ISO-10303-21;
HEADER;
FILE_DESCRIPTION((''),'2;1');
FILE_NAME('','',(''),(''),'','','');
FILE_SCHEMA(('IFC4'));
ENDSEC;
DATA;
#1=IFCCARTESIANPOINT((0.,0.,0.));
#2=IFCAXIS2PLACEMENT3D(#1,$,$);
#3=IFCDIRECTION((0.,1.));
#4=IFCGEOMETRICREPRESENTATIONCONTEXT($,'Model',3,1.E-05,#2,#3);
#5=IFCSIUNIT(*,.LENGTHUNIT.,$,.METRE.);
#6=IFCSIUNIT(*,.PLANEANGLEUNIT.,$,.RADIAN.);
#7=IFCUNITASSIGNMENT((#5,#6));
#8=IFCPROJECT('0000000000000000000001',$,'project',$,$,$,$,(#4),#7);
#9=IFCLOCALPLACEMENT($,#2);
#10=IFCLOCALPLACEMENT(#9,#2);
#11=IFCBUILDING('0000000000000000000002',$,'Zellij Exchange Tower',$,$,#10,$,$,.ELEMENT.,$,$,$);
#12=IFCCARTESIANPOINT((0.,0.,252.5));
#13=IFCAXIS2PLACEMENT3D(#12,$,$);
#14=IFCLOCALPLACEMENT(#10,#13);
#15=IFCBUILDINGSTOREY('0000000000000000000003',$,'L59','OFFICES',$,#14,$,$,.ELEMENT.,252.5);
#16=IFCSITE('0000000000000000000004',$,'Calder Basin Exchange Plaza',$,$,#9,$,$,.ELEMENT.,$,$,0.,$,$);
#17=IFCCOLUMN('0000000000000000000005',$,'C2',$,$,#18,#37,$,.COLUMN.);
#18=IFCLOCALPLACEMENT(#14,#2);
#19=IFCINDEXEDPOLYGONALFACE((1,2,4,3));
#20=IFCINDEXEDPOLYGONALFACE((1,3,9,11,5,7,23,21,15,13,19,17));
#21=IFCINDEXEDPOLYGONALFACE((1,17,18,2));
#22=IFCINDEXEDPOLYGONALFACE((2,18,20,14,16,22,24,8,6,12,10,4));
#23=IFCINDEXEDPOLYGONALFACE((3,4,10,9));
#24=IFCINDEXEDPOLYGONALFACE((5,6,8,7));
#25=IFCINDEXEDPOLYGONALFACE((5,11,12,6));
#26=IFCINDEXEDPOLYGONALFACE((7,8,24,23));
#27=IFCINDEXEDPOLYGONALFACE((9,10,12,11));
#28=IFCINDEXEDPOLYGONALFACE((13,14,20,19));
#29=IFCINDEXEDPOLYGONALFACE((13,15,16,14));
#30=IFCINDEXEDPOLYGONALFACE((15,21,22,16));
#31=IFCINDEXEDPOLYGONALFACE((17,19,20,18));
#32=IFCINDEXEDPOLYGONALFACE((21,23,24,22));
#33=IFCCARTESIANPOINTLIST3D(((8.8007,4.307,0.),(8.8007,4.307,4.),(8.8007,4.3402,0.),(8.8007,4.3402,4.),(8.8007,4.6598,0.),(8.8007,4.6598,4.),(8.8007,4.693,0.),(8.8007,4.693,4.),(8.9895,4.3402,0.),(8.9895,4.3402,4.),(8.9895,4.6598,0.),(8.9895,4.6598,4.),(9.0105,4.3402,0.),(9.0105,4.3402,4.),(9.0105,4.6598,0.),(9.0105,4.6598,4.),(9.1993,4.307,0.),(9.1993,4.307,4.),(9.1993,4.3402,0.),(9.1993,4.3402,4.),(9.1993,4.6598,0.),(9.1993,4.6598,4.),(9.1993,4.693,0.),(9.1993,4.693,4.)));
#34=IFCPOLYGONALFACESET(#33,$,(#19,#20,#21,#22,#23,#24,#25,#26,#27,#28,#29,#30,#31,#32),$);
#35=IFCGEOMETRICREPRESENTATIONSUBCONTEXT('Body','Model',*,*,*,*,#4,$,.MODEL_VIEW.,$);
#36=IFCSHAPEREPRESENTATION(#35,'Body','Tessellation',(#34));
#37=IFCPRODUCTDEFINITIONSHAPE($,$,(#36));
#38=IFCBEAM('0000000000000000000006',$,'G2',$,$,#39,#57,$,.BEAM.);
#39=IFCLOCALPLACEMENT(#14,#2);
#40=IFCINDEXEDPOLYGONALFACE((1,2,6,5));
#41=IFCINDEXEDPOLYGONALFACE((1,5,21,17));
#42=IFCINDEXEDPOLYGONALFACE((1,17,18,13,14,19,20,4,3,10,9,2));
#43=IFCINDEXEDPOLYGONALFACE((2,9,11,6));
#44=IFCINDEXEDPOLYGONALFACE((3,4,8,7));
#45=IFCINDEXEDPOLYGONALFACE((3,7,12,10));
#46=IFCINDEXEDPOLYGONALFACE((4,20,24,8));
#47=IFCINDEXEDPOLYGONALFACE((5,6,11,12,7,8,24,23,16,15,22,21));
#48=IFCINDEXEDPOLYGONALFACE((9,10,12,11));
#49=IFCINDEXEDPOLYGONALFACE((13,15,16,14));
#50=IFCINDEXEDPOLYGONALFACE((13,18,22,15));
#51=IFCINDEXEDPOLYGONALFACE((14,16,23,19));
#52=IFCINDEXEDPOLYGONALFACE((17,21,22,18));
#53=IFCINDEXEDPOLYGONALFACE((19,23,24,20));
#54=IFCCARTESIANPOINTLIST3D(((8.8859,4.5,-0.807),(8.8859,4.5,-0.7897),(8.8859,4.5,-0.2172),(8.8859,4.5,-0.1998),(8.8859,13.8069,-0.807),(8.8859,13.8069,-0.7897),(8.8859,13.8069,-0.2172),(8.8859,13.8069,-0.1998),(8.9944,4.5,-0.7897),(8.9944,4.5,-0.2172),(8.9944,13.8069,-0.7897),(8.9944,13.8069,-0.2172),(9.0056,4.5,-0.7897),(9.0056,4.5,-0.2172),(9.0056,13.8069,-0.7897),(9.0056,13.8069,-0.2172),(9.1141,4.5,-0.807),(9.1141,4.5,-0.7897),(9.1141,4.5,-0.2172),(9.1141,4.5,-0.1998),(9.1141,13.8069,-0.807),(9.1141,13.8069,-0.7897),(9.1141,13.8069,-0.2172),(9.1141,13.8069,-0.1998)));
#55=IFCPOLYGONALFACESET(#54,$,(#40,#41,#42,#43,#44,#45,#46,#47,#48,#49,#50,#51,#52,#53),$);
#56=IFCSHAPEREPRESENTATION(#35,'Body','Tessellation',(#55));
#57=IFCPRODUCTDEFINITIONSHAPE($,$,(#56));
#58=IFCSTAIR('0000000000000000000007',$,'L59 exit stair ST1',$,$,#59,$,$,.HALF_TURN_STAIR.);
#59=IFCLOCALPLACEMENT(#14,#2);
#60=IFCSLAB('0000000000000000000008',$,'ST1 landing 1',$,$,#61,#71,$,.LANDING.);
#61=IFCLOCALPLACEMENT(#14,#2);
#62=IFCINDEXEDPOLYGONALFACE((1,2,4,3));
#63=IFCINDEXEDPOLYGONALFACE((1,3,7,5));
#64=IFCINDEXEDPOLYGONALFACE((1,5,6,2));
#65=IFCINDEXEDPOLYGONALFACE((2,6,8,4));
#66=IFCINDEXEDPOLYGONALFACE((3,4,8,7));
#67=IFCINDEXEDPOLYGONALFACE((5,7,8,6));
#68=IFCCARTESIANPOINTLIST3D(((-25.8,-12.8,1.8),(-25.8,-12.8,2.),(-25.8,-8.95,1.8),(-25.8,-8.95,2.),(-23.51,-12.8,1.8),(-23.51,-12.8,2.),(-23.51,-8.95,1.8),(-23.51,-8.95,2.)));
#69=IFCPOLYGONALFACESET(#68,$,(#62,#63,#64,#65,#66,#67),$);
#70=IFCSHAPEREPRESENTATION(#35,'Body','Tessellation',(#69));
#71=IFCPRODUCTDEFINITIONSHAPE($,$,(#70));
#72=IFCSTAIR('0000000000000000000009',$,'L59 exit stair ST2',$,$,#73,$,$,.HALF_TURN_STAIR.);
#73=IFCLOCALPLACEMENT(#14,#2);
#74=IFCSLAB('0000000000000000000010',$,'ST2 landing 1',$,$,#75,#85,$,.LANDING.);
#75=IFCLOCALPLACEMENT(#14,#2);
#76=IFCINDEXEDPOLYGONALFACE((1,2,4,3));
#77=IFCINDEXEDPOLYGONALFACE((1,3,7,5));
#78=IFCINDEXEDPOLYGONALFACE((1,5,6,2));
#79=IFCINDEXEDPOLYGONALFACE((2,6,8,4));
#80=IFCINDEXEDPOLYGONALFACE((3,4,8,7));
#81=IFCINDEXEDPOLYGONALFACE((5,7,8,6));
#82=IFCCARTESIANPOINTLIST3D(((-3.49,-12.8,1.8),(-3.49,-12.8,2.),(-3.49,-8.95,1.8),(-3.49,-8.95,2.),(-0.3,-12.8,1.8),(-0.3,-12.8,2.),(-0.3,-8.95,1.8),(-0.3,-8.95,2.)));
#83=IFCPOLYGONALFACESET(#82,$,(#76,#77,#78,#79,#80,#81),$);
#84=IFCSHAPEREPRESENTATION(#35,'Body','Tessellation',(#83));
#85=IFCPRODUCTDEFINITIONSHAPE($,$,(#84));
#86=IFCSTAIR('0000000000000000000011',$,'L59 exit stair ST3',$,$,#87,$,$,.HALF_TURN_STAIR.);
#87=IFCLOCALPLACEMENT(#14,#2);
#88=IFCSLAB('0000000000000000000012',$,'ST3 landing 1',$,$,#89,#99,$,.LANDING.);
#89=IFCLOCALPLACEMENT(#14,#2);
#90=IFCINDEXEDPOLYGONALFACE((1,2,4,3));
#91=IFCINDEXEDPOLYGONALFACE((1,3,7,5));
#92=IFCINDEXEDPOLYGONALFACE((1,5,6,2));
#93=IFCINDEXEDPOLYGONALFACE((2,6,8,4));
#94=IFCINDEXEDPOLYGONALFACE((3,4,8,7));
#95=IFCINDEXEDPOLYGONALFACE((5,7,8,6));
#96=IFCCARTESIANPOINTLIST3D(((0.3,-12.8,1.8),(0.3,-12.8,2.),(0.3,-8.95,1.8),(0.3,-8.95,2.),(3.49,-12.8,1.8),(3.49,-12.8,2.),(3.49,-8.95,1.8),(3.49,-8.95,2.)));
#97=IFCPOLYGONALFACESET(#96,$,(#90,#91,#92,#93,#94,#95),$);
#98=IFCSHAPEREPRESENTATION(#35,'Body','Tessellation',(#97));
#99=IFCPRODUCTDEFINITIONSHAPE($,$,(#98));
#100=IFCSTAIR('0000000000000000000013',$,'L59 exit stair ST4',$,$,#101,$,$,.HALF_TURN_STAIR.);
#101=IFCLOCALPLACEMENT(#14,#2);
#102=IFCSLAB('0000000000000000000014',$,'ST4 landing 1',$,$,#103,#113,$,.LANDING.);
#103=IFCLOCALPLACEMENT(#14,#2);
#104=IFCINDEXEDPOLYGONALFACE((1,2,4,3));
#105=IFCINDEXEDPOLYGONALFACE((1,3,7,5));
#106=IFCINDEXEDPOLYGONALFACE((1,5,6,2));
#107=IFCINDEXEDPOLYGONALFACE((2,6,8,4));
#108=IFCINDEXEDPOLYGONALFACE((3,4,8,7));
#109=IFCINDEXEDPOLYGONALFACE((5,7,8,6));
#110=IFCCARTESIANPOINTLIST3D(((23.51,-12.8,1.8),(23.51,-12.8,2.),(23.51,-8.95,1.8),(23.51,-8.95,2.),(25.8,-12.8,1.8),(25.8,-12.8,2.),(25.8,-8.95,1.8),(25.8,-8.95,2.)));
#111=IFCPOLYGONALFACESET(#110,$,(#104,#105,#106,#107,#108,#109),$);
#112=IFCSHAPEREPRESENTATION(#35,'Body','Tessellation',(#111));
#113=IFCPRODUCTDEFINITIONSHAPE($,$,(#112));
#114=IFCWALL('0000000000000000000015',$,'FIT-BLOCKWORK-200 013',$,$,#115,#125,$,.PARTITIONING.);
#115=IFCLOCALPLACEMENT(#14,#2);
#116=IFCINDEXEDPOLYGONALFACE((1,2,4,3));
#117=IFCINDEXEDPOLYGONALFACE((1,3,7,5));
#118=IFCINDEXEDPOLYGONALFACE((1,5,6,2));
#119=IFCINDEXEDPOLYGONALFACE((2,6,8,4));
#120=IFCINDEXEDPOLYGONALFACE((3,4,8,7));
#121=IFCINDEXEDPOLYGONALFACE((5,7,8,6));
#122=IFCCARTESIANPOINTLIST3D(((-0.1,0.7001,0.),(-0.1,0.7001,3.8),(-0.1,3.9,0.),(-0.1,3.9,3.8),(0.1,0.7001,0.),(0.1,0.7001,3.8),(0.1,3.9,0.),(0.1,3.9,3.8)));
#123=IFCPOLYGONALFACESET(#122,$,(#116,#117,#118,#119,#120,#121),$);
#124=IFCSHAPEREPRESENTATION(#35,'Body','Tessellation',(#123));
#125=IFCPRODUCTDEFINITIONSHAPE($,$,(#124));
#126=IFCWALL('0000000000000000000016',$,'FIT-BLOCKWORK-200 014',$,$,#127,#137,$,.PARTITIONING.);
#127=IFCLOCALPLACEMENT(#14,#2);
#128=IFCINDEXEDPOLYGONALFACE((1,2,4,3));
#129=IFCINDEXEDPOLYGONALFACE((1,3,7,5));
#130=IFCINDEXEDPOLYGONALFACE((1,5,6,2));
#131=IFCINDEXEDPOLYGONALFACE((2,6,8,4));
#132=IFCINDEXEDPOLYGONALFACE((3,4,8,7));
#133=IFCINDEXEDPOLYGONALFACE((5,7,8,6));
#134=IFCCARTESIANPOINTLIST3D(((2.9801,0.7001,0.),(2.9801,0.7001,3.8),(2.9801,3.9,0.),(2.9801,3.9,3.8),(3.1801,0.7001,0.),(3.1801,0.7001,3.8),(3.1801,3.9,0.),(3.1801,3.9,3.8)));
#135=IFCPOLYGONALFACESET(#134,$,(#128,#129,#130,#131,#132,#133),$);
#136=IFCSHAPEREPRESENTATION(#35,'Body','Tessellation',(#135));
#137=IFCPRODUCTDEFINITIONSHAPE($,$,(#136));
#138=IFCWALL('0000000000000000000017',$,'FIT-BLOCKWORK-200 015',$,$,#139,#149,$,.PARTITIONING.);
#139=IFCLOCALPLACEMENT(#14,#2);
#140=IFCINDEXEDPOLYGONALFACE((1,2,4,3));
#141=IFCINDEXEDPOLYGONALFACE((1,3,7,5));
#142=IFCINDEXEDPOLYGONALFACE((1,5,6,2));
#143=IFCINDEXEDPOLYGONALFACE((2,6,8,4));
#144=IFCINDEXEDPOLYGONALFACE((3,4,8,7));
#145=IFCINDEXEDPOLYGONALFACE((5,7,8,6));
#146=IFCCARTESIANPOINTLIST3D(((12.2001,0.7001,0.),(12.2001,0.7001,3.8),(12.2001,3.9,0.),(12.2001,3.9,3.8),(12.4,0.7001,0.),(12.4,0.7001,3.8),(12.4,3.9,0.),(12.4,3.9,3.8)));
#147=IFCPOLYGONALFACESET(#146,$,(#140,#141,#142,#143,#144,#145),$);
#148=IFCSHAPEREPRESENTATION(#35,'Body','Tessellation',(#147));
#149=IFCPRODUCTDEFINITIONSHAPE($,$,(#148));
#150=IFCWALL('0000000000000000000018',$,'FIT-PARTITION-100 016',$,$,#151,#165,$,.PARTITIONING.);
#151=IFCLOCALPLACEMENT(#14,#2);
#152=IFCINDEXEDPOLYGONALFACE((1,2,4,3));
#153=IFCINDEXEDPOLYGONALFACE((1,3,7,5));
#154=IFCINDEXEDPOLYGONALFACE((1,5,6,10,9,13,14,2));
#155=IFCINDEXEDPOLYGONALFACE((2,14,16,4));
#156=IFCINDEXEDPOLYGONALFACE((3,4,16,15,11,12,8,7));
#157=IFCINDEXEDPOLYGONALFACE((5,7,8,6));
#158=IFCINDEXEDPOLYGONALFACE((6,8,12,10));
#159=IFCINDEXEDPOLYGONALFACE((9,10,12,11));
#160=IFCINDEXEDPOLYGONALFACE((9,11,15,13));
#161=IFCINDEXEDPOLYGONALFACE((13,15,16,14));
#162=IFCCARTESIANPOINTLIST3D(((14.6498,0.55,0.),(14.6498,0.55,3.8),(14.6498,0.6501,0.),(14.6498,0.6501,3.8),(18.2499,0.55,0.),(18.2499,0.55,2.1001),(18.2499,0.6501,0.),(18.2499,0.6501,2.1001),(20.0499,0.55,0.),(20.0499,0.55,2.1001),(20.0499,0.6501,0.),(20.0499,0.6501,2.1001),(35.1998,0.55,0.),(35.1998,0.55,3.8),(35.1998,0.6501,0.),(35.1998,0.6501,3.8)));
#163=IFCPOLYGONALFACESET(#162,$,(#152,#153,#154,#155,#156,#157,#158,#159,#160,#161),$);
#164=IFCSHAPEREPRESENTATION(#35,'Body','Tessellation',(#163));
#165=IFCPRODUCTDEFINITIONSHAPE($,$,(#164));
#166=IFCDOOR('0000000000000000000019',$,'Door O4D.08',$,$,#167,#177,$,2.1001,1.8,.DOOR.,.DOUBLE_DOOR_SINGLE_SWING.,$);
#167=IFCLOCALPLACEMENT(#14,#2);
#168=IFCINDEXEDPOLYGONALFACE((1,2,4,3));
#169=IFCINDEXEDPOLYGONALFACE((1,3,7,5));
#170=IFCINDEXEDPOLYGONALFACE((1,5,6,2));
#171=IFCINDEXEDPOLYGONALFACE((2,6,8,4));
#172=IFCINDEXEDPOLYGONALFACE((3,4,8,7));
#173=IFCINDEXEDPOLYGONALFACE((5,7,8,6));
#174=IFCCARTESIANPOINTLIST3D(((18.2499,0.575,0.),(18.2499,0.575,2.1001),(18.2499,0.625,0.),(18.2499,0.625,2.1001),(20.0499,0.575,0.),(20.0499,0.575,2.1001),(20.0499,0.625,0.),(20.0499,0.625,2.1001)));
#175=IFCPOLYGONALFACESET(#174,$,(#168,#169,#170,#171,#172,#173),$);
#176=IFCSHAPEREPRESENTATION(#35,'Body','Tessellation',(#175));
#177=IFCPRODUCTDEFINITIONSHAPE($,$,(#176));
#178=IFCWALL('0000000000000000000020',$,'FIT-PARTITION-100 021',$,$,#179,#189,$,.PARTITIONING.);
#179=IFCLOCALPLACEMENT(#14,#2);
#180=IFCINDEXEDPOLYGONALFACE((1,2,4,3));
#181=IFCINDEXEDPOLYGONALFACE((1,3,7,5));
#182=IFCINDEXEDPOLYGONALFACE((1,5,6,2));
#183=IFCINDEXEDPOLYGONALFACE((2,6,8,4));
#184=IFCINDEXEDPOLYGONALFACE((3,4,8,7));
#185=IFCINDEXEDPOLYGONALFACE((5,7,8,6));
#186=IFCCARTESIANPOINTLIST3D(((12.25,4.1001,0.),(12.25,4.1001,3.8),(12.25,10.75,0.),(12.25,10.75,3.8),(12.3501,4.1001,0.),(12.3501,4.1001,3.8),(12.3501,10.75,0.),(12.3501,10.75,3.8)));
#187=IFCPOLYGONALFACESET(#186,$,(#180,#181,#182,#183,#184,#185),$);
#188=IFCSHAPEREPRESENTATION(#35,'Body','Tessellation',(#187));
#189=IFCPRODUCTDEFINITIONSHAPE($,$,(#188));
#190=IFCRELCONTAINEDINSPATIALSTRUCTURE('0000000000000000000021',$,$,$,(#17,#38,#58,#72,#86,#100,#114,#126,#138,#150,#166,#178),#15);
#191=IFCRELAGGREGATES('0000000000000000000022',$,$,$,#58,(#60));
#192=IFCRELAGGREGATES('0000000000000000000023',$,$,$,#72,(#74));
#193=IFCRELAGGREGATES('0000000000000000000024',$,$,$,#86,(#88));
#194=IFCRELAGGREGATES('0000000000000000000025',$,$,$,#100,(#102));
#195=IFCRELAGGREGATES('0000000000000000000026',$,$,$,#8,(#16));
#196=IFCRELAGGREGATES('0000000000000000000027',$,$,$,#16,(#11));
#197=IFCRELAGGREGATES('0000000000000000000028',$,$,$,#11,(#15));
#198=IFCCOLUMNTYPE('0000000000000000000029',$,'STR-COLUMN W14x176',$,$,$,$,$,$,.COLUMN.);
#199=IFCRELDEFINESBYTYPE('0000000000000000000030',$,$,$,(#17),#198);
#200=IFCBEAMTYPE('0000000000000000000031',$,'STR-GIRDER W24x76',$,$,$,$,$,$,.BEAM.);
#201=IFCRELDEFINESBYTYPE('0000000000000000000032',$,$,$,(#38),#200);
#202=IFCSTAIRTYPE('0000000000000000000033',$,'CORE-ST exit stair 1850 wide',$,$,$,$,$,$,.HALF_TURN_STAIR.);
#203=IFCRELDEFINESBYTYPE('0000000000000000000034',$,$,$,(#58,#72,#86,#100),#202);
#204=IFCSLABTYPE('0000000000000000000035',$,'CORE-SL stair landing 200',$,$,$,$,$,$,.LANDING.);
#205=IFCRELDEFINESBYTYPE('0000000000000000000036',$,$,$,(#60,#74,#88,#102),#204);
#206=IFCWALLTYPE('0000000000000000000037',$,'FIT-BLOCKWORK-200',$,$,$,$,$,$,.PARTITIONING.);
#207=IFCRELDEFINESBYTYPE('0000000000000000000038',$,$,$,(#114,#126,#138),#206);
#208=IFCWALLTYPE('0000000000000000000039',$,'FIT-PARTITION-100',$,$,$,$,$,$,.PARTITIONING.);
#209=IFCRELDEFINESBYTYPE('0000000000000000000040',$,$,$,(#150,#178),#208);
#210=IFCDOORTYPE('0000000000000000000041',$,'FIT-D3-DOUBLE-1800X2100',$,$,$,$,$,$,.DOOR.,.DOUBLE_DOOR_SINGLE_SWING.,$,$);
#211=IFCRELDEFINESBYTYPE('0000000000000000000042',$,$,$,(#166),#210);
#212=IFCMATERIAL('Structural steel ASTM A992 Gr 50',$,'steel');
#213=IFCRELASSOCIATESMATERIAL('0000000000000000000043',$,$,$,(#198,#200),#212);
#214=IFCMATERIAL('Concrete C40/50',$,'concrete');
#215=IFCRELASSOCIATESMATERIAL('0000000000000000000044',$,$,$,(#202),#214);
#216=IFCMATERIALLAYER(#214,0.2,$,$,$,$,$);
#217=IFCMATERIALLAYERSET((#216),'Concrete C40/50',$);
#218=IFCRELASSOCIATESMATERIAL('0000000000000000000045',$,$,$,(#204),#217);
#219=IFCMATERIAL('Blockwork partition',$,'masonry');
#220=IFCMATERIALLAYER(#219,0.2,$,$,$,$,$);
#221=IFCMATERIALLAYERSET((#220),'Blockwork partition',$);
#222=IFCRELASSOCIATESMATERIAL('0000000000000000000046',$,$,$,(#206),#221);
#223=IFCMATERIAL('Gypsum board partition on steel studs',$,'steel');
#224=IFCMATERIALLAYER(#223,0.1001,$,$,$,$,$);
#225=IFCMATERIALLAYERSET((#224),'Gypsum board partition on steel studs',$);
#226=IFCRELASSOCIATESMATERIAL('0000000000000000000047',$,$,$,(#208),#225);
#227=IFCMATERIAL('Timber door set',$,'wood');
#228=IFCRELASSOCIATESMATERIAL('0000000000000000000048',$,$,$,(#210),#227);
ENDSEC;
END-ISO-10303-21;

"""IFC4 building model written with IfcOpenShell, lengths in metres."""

from ifc_helpers import new_model, si_unit, direction, frame, frame_2d, origin, origin_2d, place, context, subcontext, project, spatial, polyline, rectangle, i_section, outline, extrude, material, layer, layer_set, material_profile, profile_set, type_object, element, fill, aggregate, save


model = new_model("IFC4")

# Units and contexts
model_context = context("Model", 3, precision=1e-05, world=origin(), true_north=direction((0.0, 1.0)))
body_context = subcontext(model_context, "Body", "Model", "MODEL_VIEW")
ifc_project = project(units=[si_unit("LENGTHUNIT", "METRE"), si_unit("PLANEANGLEUNIT", "RADIAN")], contexts=[model_context])

# Site, building, storey
site_placement = place(None, origin())
site = spatial("IfcSite", under=ifc_project, at=site_placement, Name="Calder Basin Exchange Plaza", CompositionType="ELEMENT", RefElevation=0.0)
building_placement = place(site_placement, origin())
building = spatial("IfcBuilding", under=site, at=building_placement, Name="Zellij Exchange Tower", CompositionType="ELEMENT")
storey_placement = place(building_placement, frame((0.0, 0.0, 252.5)))
storey = spatial("IfcBuildingStorey", under=building, at=storey_placement, Name="L59", Description="OFFICES", CompositionType="ELEMENT", Elevation=252.5)

# Column
ifc_material_1 = material(Name="Structural steel ASTM A992 Gr 50", Category="steel")
ifc_material_profile_1 = material_profile(ifc_material_1, i_section(OverallWidth=0.3987, OverallDepth=0.386, WebThickness=0.021, FlangeThickness=0.0332, at=origin_2d()), Name="W14x176")
ifc_profile_set_1 = profile_set([ifc_material_profile_1], Name="Structural steel ASTM A992 Gr 50")
column_type = type_object("IfcColumnType", Name="STR-COLUMN W14x176", PredefinedType="COLUMN", material=ifc_profile_set_1)
column_placement = place(storey_placement, frame((9.0, 4.5, 0.0), z_axis=(0.0, 0.0, 1.0), x_axis=(1.0, 0.0, 0.0)))
element("IfcColumn", 1, at=column_placement, inside=storey, type_object=column_type, Name="C2", PredefinedType="COLUMN", context=body_context, shape_type="SweptSolid", body=[
    extrude(i_section(OverallWidth=0.3987, OverallDepth=0.386, WebThickness=0.021, FlangeThickness=0.0332, at=origin_2d()), origin(), (0.0, 0.0, 1.0), 4.0),
])

# Beam
ifc_material_profile_2 = material_profile(ifc_material_1, i_section(OverallWidth=0.2283, OverallDepth=0.6072, WebThickness=0.0112, FlangeThickness=0.0173, at=origin_2d()), Name="W24x76")
ifc_profile_set_2 = profile_set([ifc_material_profile_2], Name="Structural steel ASTM A992 Gr 50")
beam_type = type_object("IfcBeamType", Name="STR-GIRDER W24x76", PredefinedType="BEAM", material=ifc_profile_set_2)
beam_placement = place(storey_placement, frame((9.0, 4.5, -0.5034), z_axis=(0.0, 1.0, 0.0), x_axis=(-1.0, 0.0, 0.0)))
element("IfcBeam", 2, at=beam_placement, inside=storey, type_object=beam_type, Name="G2", PredefinedType="BEAM", context=body_context, shape_type="SweptSolid", body=[
    extrude(i_section(OverallWidth=0.2283, OverallDepth=0.6072, WebThickness=0.0112, FlangeThickness=0.0173, at=origin_2d()), origin(), (0.0, 0.0, 1.0), 9.3069),
])

# Stairs, slabs
ifc_material_2 = material(Name="Concrete C40/50", Category="concrete")
stair_type = type_object("IfcStairType", Name="CORE-ST exit stair 1850 wide", PredefinedType="HALF_TURN_STAIR", material=ifc_material_2)
stair_1_placement = place(storey_placement, origin())
stair_1 = element("IfcStair", 3, at=stair_1_placement, inside=storey, type_object=stair_type, Name="L59 exit stair ST1", PredefinedType="HALF_TURN_STAIR")
ifc_layer_1 = layer(ifc_material_2, 0.2)
ifc_layer_set_1 = layer_set([ifc_layer_1], Name="Concrete C40/50")
slab_type = type_object("IfcSlabType", Name="CORE-SL stair landing 200", PredefinedType="LANDING", material=ifc_layer_set_1)
slab_1_placement = place(storey_placement, frame((0.0, 0.0, 1.8)))
slab_1 = element("IfcSlab", 4, at=slab_1_placement, type_object=slab_type, Name="ST1 landing 1", PredefinedType="LANDING", context=body_context, shape_type="SweptSolid", body=[
    extrude(outline(polyline([(-23.51, -8.95), (-25.8, -8.95), (-25.8, -12.8), (-23.51, -12.8), (-23.51, -8.95)])), origin(), (0.0, 0.0, 1.0), 0.2),
])
aggregate(stair_1, [slab_1])
stair_2_placement = place(storey_placement, origin())
stair_2 = element("IfcStair", 5, at=stair_2_placement, inside=storey, type_object=stair_type, Name="L59 exit stair ST2", PredefinedType="HALF_TURN_STAIR")
slab_2_placement = place(storey_placement, frame((0.0, 0.0, 1.8)))
slab_2 = element("IfcSlab", 6, at=slab_2_placement, type_object=slab_type, Name="ST2 landing 1", PredefinedType="LANDING", context=body_context, shape_type="SweptSolid", body=[
    extrude(outline(polyline([(-3.49, -12.8), (-0.3, -12.8), (-0.3, -8.95), (-3.49, -8.95), (-3.49, -12.8)])), origin(), (0.0, 0.0, 1.0), 0.2),
])
aggregate(stair_2, [slab_2])
stair_3_placement = place(storey_placement, origin())
stair_3 = element("IfcStair", 7, at=stair_3_placement, inside=storey, type_object=stair_type, Name="L59 exit stair ST3", PredefinedType="HALF_TURN_STAIR")
slab_3_placement = place(storey_placement, frame((0.0, 0.0, 1.8)))
slab_3 = element("IfcSlab", 8, at=slab_3_placement, type_object=slab_type, Name="ST3 landing 1", PredefinedType="LANDING", context=body_context, shape_type="SweptSolid", body=[
    extrude(outline(polyline([(3.49, -8.95), (0.3, -8.95), (0.3, -12.8), (3.49, -12.8), (3.49, -8.95)])), origin(), (0.0, 0.0, 1.0), 0.2),
])
aggregate(stair_3, [slab_3])
stair_4_placement = place(storey_placement, origin())
stair_4 = element("IfcStair", 9, at=stair_4_placement, inside=storey, type_object=stair_type, Name="L59 exit stair ST4", PredefinedType="HALF_TURN_STAIR")
slab_4_placement = place(storey_placement, frame((0.0, 0.0, 1.8)))
slab_4 = element("IfcSlab", 10, at=slab_4_placement, type_object=slab_type, Name="ST4 landing 1", PredefinedType="LANDING", context=body_context, shape_type="SweptSolid", body=[
    extrude(outline(polyline([(23.51, -12.8), (25.8, -12.8), (25.8, -8.95), (23.51, -8.95), (23.51, -12.8)])), origin(), (0.0, 0.0, 1.0), 0.2),
])
aggregate(stair_4, [slab_4])

# Walls
ifc_material_3 = material(Name="Blockwork partition", Category="masonry")
ifc_layer_2 = layer(ifc_material_3, 0.2)
ifc_layer_set_2 = layer_set([ifc_layer_2], Name="Blockwork partition")
wall_type_1 = type_object("IfcWallType", Name="FIT-BLOCKWORK-200", PredefinedType="PARTITIONING", material=ifc_layer_set_2)
for number, where, z_axis, x_axis, name in (
    (11, (0.0, 0.7, 0.0), (0.0, 0.0, 1.0), (0.0, 1.0, 0.0), "FIT-BLOCKWORK-200 013"),
    (12, (3.0801, 0.7, 0.0), (0.0, 0.0, 1.0), (0.0, 1.0, 0.0), "FIT-BLOCKWORK-200 014"),
    (13, (12.3, 0.7, 0.0), (0.0, 0.0, 1.0), (0.0, 1.0, 0.0), "FIT-BLOCKWORK-200 015"),
):
    element("IfcWall", number, at=place(storey_placement, frame(where, z_axis=z_axis, x_axis=x_axis)), inside=storey, type_object=wall_type_1, Name=name, PredefinedType="PARTITIONING", context=body_context, shape_type="SweptSolid", body=[
        extrude(rectangle(XDim=3.2, YDim=0.2, at=frame_2d((1.6001, 0.0))), origin(), (0.0, 0.0, 1.0), 3.8),
    ])

# Wall, opening, door
ifc_material_4 = material(Name="Gypsum board partition on steel studs", Category="steel")
ifc_layer_3 = layer(ifc_material_4, 0.1001)
ifc_layer_set_3 = layer_set([ifc_layer_3], Name="Gypsum board partition on steel studs")
wall_type_2 = type_object("IfcWallType", Name="FIT-PARTITION-100", PredefinedType="PARTITIONING", material=ifc_layer_set_3)
wall_1_placement = place(storey_placement, frame((14.6499, 0.6001, 0.0), z_axis=(0.0, 0.0, 1.0), x_axis=(1.0, 0.0, 0.0)))
wall_1 = element("IfcWall", 14, at=wall_1_placement, inside=storey, type_object=wall_type_2, Name="FIT-PARTITION-100 016", PredefinedType="PARTITIONING", context=body_context, shape_type="SweptSolid", body=[
    extrude(rectangle(XDim=20.55, YDim=0.1001, at=frame_2d((10.2749, 0.0))), origin(), (0.0, 0.0, 1.0), 3.8),
])
opening_placement = place(wall_1_placement, frame((3.6001, 0.0, 0.0)))
opening = element("IfcOpeningElement", 15, at=opening_placement, cuts=wall_1, PredefinedType="OPENING", context=body_context, shape_type="SweptSolid", body=[
    extrude(rectangle(XDim=1.8, YDim=2.1001, at=frame_2d((0.8999, 1.05))), frame((0.0, 0.062, 0.0), z_axis=(0.0, -1.0, 0.0), x_axis=(1.0, 0.0, 0.0)), (0.0, 0.0, 1.0), 0.124),
])
ifc_material_5 = material(Name="Timber door set", Category="wood")
door_type = type_object("IfcDoorType", Name="FIT-D3-DOUBLE-1800X2100", OperationType="DOUBLE_DOOR_SINGLE_SWING", PredefinedType="DOOR", material=ifc_material_5)
door_placement = place(opening_placement, origin())
door = element("IfcDoor", 16, at=door_placement, inside=storey, type_object=door_type, Name="Door O4D.08", OperationType="DOUBLE_DOOR_SINGLE_SWING", OverallHeight=2.1001, OverallWidth=1.8, PredefinedType="DOOR", context=body_context, shape_type="SweptSolid", body=[
    extrude(rectangle(XDim=1.8, YDim=2.1001, at=frame_2d((0.8999, 1.05))), frame((0.0, 0.0249, 0.0), z_axis=(0.0, -1.0, 0.0), x_axis=(1.0, 0.0, 0.0)), (0.0, 0.0, 1.0), 0.05),
])
fill(opening, door)

# Wall
wall_2_placement = place(storey_placement, frame((12.3, 4.1001, 0.0), z_axis=(0.0, 0.0, 1.0), x_axis=(0.0, 1.0, 0.0)))
element("IfcWall", 17, at=wall_2_placement, inside=storey, type_object=wall_type_2, Name="FIT-PARTITION-100 021", PredefinedType="PARTITIONING", context=body_context, shape_type="SweptSolid", body=[
    extrude(rectangle(XDim=6.6499, YDim=0.1001, at=frame_2d((3.325, 0.0))), origin(), (0.0, 0.0, 1.0), 3.8),
])

save(model, "model.ifc")
